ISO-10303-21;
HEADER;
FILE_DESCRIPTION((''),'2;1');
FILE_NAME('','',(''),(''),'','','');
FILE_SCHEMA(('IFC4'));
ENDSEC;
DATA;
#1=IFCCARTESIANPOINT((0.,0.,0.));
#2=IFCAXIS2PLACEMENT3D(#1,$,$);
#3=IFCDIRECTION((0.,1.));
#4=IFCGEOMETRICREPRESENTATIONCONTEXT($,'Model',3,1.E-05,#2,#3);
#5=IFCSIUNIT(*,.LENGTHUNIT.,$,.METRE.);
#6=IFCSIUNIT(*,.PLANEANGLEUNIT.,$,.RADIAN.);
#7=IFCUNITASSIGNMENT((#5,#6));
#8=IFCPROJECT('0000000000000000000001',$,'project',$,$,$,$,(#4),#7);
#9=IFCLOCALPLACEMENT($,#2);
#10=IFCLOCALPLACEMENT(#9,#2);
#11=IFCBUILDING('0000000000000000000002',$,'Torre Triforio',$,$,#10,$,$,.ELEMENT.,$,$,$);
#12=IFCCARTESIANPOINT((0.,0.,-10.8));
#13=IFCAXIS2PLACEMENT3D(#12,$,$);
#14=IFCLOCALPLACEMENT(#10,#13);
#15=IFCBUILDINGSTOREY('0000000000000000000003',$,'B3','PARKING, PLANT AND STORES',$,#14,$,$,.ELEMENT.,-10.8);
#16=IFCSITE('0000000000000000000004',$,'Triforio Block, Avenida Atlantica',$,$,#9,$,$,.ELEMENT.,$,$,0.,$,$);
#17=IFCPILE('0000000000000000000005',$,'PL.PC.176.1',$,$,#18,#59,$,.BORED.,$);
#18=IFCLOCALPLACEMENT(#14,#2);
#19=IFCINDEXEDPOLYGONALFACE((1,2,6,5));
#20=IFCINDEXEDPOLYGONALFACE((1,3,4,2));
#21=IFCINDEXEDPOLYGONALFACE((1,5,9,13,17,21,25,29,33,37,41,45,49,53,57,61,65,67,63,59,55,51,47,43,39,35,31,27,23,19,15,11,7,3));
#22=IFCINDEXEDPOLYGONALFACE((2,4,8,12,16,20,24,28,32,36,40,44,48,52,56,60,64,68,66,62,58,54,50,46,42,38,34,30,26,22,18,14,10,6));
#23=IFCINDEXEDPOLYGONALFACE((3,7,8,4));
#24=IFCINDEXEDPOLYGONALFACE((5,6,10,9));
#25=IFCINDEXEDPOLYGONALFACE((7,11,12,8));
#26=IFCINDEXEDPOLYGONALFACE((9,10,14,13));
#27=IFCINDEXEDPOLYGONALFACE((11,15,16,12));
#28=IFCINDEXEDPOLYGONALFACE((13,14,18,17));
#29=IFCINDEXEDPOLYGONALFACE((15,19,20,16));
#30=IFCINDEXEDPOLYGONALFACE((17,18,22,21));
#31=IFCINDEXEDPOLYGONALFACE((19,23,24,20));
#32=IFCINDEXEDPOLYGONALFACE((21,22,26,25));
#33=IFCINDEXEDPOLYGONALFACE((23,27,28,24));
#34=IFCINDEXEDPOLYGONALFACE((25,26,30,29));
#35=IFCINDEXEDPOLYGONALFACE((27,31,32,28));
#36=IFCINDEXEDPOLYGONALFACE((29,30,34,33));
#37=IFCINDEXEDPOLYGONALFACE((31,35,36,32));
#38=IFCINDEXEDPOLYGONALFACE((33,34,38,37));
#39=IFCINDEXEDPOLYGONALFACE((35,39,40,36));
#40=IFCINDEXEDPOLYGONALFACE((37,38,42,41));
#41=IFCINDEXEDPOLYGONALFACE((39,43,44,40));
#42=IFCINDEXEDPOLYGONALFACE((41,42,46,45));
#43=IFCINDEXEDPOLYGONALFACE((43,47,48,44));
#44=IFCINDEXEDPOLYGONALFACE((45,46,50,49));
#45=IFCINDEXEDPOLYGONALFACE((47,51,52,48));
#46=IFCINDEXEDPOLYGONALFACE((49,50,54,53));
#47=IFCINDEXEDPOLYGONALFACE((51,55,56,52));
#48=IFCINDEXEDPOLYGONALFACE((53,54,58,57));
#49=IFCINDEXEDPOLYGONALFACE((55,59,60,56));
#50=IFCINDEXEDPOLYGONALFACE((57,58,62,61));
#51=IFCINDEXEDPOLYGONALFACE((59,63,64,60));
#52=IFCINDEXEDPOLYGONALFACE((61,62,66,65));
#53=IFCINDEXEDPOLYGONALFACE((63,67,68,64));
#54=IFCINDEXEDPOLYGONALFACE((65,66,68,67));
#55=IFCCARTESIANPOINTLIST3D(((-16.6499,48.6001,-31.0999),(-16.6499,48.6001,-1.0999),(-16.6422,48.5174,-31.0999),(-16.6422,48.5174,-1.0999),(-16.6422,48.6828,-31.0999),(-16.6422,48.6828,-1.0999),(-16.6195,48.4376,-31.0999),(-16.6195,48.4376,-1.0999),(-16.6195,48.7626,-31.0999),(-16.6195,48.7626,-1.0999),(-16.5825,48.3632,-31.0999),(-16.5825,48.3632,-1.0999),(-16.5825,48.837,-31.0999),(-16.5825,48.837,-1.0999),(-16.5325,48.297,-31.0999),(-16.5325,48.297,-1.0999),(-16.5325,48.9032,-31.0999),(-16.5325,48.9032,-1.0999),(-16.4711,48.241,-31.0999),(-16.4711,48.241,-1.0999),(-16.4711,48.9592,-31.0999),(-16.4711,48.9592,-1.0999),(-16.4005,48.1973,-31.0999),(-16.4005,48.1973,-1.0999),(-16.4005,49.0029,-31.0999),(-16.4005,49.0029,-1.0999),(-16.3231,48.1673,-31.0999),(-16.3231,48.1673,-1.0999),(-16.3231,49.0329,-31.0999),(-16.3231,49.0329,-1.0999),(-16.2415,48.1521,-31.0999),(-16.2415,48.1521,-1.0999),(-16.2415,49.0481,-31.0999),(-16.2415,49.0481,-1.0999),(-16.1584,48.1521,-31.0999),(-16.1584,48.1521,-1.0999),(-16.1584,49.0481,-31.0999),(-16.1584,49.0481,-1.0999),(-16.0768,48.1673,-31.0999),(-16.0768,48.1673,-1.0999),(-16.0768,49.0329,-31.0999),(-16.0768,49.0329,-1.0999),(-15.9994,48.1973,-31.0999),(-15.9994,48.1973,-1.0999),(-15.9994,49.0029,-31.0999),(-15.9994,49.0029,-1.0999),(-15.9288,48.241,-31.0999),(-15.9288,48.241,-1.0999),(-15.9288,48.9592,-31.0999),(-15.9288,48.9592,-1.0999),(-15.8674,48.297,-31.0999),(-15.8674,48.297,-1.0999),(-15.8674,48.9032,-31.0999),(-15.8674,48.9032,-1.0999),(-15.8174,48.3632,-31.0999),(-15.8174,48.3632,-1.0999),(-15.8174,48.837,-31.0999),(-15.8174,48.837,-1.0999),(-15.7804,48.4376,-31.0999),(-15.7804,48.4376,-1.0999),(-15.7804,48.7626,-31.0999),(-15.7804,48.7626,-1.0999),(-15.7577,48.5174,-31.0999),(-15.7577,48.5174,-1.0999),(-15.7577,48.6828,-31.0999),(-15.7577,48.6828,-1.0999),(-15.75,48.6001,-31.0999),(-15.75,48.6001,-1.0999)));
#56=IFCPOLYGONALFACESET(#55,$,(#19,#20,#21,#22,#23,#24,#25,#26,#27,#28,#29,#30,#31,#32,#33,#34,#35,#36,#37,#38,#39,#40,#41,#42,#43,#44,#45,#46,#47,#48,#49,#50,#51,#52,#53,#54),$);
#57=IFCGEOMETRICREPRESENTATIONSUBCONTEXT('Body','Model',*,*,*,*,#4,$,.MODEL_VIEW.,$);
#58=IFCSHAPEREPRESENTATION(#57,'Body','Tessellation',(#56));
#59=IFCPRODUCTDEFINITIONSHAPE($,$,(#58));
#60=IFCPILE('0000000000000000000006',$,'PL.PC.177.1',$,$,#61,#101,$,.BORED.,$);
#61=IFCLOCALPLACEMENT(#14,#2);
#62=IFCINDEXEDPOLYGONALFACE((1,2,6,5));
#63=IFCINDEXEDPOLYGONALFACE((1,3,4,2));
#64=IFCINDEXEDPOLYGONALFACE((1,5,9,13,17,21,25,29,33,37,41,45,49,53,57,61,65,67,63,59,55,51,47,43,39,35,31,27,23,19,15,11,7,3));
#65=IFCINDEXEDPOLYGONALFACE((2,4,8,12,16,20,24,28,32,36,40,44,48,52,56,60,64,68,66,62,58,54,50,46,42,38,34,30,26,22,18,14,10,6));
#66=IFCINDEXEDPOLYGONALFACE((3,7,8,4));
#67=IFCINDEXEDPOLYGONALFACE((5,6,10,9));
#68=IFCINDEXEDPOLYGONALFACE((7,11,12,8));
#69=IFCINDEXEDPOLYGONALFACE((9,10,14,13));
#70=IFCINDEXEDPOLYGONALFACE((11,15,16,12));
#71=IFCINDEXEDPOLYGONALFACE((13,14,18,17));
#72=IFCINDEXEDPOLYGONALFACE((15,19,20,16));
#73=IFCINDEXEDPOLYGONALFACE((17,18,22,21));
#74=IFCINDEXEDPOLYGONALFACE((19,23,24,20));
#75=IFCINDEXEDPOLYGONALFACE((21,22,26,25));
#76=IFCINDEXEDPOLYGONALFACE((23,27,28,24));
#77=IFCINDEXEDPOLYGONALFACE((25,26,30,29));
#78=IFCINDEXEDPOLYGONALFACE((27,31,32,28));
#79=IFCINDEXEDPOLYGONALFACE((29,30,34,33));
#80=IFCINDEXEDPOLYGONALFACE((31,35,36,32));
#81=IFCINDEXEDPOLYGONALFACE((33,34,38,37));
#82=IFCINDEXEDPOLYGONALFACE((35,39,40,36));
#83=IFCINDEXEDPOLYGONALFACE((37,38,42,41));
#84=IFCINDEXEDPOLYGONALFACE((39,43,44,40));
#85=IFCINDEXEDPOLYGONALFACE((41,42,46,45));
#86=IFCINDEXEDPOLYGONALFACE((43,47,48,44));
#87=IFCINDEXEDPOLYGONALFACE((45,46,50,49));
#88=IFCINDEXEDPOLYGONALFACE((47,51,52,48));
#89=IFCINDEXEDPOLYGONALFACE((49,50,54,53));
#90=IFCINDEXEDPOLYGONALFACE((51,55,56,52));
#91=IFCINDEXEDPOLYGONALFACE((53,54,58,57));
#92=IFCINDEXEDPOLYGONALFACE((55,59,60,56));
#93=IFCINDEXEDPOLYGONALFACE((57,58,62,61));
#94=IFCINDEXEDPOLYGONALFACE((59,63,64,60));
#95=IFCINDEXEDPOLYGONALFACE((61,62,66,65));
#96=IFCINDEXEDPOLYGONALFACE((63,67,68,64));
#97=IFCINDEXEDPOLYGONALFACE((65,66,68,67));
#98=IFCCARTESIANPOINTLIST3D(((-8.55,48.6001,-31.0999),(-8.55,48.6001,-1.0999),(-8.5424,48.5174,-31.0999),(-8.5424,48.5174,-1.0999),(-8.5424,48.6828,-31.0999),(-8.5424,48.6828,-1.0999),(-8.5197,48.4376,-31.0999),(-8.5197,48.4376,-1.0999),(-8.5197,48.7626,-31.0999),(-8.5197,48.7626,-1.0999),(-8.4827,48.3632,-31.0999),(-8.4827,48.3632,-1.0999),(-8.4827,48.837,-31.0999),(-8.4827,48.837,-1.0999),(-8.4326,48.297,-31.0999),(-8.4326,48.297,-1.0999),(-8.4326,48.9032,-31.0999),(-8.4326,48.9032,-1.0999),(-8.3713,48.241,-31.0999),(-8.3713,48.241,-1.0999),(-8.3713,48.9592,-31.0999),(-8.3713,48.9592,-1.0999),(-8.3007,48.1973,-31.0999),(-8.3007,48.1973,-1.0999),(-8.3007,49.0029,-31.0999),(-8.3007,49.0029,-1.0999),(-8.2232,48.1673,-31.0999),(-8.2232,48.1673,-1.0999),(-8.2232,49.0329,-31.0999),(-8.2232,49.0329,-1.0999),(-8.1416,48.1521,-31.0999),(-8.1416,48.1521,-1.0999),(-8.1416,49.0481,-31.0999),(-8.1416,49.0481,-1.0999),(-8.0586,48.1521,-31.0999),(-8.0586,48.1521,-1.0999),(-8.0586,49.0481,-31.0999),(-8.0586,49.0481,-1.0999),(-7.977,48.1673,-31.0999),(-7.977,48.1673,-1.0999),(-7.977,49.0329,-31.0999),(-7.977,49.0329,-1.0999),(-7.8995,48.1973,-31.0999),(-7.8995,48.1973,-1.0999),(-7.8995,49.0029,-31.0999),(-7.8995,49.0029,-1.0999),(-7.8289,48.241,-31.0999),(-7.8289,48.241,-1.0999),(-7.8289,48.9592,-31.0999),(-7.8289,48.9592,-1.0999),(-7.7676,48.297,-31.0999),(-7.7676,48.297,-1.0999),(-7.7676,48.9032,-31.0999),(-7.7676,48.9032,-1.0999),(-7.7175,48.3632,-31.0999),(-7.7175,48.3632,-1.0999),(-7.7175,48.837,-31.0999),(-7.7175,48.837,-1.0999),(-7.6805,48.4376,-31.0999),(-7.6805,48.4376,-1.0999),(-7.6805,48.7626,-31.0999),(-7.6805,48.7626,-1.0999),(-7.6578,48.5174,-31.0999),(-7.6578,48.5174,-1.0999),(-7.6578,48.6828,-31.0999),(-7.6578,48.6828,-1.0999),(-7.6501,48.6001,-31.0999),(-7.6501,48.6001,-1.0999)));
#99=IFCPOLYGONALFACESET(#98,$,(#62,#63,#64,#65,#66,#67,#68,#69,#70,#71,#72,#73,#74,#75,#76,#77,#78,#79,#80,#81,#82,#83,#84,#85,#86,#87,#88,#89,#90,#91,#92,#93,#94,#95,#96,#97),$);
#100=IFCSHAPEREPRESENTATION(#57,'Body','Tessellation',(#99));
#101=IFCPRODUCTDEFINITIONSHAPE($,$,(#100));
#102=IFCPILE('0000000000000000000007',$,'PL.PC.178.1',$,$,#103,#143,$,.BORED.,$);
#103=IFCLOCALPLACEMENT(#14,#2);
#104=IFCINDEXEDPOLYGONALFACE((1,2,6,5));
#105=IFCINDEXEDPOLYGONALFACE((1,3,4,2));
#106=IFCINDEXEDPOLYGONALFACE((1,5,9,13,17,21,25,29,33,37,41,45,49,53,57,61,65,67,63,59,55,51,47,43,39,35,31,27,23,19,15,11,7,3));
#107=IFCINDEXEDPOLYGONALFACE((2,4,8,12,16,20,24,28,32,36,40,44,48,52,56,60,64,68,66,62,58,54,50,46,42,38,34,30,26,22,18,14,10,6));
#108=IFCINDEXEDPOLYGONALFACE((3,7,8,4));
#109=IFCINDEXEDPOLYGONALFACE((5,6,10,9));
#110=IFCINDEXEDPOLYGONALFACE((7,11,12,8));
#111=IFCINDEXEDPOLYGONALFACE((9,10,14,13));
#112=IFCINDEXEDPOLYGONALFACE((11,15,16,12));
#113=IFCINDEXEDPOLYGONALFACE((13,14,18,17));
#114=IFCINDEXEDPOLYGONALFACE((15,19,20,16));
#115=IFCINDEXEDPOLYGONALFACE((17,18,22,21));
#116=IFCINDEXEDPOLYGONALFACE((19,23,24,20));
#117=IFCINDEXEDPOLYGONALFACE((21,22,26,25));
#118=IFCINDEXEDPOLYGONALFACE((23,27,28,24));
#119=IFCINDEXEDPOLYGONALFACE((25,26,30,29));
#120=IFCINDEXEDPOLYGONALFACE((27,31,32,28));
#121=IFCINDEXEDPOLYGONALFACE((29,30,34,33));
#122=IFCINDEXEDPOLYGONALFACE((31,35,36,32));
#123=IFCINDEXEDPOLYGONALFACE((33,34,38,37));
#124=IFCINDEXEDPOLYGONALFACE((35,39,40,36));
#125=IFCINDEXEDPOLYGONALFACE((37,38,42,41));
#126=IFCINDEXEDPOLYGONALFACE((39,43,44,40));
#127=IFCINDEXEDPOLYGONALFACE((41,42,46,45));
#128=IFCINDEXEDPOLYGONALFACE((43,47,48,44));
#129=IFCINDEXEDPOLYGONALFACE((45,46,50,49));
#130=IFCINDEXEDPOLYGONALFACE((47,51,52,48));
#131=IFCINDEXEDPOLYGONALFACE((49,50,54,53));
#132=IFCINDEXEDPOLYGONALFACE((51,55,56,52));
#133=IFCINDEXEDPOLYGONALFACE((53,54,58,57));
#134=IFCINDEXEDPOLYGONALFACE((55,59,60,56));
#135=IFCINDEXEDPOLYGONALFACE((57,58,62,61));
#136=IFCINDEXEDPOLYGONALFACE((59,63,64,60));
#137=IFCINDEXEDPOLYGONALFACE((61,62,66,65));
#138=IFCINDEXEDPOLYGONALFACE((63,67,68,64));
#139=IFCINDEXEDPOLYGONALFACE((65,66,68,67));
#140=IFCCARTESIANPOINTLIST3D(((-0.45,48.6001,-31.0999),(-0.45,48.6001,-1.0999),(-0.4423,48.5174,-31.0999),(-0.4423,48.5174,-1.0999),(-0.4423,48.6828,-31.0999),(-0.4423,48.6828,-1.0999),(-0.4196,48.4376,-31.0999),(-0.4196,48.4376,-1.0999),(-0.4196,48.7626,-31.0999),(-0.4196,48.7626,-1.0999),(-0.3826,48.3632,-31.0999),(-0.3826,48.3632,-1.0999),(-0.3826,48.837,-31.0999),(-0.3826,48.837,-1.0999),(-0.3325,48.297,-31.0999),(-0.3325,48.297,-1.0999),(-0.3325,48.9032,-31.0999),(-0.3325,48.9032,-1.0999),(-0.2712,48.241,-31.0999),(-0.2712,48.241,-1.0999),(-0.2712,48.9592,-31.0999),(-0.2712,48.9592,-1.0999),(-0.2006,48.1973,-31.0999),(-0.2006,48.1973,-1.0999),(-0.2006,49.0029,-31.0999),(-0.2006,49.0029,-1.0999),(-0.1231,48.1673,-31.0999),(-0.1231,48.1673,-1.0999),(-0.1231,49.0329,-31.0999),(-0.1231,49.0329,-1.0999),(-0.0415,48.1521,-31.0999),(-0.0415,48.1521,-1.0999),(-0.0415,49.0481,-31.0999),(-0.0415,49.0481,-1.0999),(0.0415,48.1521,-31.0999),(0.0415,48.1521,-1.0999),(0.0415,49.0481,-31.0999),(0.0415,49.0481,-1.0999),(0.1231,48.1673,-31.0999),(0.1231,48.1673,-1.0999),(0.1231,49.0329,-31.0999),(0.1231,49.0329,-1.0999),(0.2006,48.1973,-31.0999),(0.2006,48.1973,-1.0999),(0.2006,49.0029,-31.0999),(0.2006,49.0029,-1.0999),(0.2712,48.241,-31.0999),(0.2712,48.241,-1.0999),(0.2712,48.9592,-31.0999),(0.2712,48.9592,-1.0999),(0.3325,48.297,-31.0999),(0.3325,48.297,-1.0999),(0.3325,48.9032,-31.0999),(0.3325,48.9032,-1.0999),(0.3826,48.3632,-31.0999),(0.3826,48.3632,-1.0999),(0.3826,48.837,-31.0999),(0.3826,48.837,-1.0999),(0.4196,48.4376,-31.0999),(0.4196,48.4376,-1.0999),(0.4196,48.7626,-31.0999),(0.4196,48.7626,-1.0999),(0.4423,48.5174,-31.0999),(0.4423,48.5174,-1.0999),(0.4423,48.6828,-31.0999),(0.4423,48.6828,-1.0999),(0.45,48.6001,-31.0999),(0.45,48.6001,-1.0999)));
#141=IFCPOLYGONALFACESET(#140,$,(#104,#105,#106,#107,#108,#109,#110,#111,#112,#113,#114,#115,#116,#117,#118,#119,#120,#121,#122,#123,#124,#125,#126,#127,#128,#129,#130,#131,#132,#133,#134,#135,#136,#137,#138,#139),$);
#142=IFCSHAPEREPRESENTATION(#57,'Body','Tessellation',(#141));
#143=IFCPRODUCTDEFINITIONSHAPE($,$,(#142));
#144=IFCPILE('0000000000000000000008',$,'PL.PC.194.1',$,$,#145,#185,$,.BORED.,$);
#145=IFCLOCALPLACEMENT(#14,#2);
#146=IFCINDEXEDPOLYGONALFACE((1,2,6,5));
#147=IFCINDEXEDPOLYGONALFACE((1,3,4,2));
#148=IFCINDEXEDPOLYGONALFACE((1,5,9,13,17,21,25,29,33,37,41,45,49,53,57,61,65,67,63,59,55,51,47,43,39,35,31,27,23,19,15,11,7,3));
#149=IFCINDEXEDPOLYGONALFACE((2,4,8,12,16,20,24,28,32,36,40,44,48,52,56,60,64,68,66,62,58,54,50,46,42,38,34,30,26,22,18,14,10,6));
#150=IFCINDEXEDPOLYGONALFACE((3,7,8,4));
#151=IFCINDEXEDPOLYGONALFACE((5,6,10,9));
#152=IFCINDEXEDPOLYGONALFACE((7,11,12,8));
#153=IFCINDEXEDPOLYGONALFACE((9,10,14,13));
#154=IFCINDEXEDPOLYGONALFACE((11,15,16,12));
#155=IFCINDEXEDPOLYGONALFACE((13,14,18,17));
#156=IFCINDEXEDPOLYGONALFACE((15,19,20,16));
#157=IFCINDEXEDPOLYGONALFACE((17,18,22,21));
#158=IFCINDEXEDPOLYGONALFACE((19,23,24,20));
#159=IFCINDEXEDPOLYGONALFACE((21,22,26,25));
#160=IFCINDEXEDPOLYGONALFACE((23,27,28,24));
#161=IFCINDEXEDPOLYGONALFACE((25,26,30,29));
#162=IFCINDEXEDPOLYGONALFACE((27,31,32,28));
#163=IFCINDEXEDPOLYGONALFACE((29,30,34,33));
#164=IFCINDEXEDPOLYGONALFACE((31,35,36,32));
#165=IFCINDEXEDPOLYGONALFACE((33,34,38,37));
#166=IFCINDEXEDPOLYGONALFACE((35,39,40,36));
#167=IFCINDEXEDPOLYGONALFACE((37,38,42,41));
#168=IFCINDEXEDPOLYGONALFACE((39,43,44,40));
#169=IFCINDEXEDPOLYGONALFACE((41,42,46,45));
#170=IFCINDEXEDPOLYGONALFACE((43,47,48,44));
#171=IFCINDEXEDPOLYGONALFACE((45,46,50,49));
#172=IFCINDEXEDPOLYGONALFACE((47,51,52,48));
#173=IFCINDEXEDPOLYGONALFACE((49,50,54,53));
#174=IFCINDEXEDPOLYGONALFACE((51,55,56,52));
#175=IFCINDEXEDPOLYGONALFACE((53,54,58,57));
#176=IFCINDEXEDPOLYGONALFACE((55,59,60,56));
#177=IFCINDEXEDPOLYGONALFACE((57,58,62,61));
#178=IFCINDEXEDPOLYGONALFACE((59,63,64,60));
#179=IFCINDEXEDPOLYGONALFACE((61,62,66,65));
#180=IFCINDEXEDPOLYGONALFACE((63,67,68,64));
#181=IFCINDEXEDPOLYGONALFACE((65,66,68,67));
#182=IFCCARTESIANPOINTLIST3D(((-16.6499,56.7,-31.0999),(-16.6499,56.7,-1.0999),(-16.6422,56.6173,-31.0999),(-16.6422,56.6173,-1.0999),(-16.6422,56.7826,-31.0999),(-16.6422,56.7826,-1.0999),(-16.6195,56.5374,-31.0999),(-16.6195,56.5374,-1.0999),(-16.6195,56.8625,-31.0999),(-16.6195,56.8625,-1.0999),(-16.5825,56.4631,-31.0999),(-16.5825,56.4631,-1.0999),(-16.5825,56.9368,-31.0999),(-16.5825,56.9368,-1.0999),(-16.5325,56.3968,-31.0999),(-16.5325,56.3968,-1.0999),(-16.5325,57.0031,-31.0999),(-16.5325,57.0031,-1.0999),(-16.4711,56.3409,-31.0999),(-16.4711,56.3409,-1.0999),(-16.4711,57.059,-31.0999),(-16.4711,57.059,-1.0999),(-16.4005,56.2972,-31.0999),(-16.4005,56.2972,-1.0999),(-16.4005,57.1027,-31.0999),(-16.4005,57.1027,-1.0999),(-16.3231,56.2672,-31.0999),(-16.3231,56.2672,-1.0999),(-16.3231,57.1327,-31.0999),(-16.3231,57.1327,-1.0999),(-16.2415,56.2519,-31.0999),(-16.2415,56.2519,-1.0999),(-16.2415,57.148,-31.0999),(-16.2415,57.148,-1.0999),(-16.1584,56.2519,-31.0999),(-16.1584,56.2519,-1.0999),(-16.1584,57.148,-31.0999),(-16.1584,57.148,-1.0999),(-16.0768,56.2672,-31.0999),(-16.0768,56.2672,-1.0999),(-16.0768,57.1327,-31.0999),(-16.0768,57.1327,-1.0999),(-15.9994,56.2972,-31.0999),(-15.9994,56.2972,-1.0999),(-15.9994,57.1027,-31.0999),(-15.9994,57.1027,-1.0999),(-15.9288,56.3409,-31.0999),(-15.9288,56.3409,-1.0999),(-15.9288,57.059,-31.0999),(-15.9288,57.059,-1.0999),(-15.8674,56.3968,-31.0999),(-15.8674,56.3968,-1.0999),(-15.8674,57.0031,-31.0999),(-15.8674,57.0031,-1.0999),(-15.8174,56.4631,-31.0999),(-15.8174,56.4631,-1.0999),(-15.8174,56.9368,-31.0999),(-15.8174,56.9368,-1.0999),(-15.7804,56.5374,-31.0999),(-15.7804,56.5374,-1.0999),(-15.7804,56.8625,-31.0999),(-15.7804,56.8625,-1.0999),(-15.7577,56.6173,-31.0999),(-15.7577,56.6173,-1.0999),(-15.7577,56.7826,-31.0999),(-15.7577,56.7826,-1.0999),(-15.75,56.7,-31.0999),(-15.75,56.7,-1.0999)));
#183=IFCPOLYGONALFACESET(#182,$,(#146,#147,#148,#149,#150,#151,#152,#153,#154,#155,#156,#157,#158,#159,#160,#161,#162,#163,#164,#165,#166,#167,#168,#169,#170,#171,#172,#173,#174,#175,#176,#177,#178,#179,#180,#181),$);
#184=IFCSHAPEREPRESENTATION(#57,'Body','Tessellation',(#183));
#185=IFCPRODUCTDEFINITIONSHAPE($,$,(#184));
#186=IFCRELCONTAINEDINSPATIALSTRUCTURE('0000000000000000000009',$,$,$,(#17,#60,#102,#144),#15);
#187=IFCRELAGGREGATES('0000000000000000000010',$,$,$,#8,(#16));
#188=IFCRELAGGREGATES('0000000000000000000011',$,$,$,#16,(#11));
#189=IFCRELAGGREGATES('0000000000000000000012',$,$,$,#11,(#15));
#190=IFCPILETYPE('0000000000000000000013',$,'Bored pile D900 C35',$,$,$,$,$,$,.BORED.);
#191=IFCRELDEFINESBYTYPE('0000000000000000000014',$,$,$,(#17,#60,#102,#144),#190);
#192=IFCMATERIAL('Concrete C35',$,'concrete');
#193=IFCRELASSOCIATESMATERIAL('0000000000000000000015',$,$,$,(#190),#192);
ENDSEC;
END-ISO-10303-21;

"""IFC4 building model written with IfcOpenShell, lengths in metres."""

from ifc_helpers import new_model, si_unit, direction, frame, origin, origin_2d, place, context, subcontext, project, spatial, circle, extrude, material, material_profile, profile_set, type_object, element, save


model = new_model("IFC4")

# Units and contexts
model_context = context("Model", 3, precision=1e-05, world=origin(), true_north=direction((0.0, 1.0)))
body_context = subcontext(model_context, "Body", "Model", "MODEL_VIEW")
ifc_project = project(units=[si_unit("LENGTHUNIT", "METRE"), si_unit("PLANEANGLEUNIT", "RADIAN")], contexts=[model_context])

# Site, building, storey
site_placement = place(None, origin())
site = spatial("IfcSite", under=ifc_project, at=site_placement, Name="Triforio Block, Avenida Atlantica", CompositionType="ELEMENT", RefElevation=0.0)
building_placement = place(site_placement, origin())
building = spatial("IfcBuilding", under=site, at=building_placement, Name="Torre Triforio", CompositionType="ELEMENT")
storey_placement = place(building_placement, frame((0.0, 0.0, -10.8)))
storey = spatial("IfcBuildingStorey", under=building, at=storey_placement, Name="B3", Description="PARKING, PLANT AND STORES", CompositionType="ELEMENT", Elevation=-10.8)

# Piles
ifc_material_1 = material(Name="Concrete C35", Category="concrete")
ifc_material_profile_1 = material_profile(ifc_material_1, circle(Radius=0.45, at=origin_2d()), Name="RC D900")
ifc_profile_set_1 = profile_set([ifc_material_profile_1], Name="Concrete C35")
pile_type = type_object("IfcPileType", Name="Bored pile D900 C35", PredefinedType="BORED", material=ifc_profile_set_1)
for number, where, z_axis, x_axis, name in (
    (1, (-16.2, 48.6001, -1.0999), (0.0, 0.0, -1.0), (1.0, 0.0, 0.0), "PL.PC.176.1"),
    (2, (-8.1001, 48.6001, -1.0999), (0.0, 0.0, -1.0), (1.0, 0.0, 0.0), "PL.PC.177.1"),
    (3, (0.0, 48.6001, -1.0999), (0.0, 0.0, -1.0), (1.0, 0.0, 0.0), "PL.PC.178.1"),
    (4, (-16.2, 56.7, -1.0999), (0.0, 0.0, -1.0), (1.0, 0.0, 0.0), "PL.PC.194.1"),
):
    element("IfcPile", number, at=place(storey_placement, frame(where, z_axis=z_axis, x_axis=x_axis)), inside=storey, type_object=pile_type, Name=name, PredefinedType="BORED", context=body_context, shape_type="SweptSolid", body=[
        extrude(circle(Radius=0.45, at=origin_2d()), origin(), (0.0, 0.0, 1.0), 30.0),
    ])

save(model, "model.ifc")
